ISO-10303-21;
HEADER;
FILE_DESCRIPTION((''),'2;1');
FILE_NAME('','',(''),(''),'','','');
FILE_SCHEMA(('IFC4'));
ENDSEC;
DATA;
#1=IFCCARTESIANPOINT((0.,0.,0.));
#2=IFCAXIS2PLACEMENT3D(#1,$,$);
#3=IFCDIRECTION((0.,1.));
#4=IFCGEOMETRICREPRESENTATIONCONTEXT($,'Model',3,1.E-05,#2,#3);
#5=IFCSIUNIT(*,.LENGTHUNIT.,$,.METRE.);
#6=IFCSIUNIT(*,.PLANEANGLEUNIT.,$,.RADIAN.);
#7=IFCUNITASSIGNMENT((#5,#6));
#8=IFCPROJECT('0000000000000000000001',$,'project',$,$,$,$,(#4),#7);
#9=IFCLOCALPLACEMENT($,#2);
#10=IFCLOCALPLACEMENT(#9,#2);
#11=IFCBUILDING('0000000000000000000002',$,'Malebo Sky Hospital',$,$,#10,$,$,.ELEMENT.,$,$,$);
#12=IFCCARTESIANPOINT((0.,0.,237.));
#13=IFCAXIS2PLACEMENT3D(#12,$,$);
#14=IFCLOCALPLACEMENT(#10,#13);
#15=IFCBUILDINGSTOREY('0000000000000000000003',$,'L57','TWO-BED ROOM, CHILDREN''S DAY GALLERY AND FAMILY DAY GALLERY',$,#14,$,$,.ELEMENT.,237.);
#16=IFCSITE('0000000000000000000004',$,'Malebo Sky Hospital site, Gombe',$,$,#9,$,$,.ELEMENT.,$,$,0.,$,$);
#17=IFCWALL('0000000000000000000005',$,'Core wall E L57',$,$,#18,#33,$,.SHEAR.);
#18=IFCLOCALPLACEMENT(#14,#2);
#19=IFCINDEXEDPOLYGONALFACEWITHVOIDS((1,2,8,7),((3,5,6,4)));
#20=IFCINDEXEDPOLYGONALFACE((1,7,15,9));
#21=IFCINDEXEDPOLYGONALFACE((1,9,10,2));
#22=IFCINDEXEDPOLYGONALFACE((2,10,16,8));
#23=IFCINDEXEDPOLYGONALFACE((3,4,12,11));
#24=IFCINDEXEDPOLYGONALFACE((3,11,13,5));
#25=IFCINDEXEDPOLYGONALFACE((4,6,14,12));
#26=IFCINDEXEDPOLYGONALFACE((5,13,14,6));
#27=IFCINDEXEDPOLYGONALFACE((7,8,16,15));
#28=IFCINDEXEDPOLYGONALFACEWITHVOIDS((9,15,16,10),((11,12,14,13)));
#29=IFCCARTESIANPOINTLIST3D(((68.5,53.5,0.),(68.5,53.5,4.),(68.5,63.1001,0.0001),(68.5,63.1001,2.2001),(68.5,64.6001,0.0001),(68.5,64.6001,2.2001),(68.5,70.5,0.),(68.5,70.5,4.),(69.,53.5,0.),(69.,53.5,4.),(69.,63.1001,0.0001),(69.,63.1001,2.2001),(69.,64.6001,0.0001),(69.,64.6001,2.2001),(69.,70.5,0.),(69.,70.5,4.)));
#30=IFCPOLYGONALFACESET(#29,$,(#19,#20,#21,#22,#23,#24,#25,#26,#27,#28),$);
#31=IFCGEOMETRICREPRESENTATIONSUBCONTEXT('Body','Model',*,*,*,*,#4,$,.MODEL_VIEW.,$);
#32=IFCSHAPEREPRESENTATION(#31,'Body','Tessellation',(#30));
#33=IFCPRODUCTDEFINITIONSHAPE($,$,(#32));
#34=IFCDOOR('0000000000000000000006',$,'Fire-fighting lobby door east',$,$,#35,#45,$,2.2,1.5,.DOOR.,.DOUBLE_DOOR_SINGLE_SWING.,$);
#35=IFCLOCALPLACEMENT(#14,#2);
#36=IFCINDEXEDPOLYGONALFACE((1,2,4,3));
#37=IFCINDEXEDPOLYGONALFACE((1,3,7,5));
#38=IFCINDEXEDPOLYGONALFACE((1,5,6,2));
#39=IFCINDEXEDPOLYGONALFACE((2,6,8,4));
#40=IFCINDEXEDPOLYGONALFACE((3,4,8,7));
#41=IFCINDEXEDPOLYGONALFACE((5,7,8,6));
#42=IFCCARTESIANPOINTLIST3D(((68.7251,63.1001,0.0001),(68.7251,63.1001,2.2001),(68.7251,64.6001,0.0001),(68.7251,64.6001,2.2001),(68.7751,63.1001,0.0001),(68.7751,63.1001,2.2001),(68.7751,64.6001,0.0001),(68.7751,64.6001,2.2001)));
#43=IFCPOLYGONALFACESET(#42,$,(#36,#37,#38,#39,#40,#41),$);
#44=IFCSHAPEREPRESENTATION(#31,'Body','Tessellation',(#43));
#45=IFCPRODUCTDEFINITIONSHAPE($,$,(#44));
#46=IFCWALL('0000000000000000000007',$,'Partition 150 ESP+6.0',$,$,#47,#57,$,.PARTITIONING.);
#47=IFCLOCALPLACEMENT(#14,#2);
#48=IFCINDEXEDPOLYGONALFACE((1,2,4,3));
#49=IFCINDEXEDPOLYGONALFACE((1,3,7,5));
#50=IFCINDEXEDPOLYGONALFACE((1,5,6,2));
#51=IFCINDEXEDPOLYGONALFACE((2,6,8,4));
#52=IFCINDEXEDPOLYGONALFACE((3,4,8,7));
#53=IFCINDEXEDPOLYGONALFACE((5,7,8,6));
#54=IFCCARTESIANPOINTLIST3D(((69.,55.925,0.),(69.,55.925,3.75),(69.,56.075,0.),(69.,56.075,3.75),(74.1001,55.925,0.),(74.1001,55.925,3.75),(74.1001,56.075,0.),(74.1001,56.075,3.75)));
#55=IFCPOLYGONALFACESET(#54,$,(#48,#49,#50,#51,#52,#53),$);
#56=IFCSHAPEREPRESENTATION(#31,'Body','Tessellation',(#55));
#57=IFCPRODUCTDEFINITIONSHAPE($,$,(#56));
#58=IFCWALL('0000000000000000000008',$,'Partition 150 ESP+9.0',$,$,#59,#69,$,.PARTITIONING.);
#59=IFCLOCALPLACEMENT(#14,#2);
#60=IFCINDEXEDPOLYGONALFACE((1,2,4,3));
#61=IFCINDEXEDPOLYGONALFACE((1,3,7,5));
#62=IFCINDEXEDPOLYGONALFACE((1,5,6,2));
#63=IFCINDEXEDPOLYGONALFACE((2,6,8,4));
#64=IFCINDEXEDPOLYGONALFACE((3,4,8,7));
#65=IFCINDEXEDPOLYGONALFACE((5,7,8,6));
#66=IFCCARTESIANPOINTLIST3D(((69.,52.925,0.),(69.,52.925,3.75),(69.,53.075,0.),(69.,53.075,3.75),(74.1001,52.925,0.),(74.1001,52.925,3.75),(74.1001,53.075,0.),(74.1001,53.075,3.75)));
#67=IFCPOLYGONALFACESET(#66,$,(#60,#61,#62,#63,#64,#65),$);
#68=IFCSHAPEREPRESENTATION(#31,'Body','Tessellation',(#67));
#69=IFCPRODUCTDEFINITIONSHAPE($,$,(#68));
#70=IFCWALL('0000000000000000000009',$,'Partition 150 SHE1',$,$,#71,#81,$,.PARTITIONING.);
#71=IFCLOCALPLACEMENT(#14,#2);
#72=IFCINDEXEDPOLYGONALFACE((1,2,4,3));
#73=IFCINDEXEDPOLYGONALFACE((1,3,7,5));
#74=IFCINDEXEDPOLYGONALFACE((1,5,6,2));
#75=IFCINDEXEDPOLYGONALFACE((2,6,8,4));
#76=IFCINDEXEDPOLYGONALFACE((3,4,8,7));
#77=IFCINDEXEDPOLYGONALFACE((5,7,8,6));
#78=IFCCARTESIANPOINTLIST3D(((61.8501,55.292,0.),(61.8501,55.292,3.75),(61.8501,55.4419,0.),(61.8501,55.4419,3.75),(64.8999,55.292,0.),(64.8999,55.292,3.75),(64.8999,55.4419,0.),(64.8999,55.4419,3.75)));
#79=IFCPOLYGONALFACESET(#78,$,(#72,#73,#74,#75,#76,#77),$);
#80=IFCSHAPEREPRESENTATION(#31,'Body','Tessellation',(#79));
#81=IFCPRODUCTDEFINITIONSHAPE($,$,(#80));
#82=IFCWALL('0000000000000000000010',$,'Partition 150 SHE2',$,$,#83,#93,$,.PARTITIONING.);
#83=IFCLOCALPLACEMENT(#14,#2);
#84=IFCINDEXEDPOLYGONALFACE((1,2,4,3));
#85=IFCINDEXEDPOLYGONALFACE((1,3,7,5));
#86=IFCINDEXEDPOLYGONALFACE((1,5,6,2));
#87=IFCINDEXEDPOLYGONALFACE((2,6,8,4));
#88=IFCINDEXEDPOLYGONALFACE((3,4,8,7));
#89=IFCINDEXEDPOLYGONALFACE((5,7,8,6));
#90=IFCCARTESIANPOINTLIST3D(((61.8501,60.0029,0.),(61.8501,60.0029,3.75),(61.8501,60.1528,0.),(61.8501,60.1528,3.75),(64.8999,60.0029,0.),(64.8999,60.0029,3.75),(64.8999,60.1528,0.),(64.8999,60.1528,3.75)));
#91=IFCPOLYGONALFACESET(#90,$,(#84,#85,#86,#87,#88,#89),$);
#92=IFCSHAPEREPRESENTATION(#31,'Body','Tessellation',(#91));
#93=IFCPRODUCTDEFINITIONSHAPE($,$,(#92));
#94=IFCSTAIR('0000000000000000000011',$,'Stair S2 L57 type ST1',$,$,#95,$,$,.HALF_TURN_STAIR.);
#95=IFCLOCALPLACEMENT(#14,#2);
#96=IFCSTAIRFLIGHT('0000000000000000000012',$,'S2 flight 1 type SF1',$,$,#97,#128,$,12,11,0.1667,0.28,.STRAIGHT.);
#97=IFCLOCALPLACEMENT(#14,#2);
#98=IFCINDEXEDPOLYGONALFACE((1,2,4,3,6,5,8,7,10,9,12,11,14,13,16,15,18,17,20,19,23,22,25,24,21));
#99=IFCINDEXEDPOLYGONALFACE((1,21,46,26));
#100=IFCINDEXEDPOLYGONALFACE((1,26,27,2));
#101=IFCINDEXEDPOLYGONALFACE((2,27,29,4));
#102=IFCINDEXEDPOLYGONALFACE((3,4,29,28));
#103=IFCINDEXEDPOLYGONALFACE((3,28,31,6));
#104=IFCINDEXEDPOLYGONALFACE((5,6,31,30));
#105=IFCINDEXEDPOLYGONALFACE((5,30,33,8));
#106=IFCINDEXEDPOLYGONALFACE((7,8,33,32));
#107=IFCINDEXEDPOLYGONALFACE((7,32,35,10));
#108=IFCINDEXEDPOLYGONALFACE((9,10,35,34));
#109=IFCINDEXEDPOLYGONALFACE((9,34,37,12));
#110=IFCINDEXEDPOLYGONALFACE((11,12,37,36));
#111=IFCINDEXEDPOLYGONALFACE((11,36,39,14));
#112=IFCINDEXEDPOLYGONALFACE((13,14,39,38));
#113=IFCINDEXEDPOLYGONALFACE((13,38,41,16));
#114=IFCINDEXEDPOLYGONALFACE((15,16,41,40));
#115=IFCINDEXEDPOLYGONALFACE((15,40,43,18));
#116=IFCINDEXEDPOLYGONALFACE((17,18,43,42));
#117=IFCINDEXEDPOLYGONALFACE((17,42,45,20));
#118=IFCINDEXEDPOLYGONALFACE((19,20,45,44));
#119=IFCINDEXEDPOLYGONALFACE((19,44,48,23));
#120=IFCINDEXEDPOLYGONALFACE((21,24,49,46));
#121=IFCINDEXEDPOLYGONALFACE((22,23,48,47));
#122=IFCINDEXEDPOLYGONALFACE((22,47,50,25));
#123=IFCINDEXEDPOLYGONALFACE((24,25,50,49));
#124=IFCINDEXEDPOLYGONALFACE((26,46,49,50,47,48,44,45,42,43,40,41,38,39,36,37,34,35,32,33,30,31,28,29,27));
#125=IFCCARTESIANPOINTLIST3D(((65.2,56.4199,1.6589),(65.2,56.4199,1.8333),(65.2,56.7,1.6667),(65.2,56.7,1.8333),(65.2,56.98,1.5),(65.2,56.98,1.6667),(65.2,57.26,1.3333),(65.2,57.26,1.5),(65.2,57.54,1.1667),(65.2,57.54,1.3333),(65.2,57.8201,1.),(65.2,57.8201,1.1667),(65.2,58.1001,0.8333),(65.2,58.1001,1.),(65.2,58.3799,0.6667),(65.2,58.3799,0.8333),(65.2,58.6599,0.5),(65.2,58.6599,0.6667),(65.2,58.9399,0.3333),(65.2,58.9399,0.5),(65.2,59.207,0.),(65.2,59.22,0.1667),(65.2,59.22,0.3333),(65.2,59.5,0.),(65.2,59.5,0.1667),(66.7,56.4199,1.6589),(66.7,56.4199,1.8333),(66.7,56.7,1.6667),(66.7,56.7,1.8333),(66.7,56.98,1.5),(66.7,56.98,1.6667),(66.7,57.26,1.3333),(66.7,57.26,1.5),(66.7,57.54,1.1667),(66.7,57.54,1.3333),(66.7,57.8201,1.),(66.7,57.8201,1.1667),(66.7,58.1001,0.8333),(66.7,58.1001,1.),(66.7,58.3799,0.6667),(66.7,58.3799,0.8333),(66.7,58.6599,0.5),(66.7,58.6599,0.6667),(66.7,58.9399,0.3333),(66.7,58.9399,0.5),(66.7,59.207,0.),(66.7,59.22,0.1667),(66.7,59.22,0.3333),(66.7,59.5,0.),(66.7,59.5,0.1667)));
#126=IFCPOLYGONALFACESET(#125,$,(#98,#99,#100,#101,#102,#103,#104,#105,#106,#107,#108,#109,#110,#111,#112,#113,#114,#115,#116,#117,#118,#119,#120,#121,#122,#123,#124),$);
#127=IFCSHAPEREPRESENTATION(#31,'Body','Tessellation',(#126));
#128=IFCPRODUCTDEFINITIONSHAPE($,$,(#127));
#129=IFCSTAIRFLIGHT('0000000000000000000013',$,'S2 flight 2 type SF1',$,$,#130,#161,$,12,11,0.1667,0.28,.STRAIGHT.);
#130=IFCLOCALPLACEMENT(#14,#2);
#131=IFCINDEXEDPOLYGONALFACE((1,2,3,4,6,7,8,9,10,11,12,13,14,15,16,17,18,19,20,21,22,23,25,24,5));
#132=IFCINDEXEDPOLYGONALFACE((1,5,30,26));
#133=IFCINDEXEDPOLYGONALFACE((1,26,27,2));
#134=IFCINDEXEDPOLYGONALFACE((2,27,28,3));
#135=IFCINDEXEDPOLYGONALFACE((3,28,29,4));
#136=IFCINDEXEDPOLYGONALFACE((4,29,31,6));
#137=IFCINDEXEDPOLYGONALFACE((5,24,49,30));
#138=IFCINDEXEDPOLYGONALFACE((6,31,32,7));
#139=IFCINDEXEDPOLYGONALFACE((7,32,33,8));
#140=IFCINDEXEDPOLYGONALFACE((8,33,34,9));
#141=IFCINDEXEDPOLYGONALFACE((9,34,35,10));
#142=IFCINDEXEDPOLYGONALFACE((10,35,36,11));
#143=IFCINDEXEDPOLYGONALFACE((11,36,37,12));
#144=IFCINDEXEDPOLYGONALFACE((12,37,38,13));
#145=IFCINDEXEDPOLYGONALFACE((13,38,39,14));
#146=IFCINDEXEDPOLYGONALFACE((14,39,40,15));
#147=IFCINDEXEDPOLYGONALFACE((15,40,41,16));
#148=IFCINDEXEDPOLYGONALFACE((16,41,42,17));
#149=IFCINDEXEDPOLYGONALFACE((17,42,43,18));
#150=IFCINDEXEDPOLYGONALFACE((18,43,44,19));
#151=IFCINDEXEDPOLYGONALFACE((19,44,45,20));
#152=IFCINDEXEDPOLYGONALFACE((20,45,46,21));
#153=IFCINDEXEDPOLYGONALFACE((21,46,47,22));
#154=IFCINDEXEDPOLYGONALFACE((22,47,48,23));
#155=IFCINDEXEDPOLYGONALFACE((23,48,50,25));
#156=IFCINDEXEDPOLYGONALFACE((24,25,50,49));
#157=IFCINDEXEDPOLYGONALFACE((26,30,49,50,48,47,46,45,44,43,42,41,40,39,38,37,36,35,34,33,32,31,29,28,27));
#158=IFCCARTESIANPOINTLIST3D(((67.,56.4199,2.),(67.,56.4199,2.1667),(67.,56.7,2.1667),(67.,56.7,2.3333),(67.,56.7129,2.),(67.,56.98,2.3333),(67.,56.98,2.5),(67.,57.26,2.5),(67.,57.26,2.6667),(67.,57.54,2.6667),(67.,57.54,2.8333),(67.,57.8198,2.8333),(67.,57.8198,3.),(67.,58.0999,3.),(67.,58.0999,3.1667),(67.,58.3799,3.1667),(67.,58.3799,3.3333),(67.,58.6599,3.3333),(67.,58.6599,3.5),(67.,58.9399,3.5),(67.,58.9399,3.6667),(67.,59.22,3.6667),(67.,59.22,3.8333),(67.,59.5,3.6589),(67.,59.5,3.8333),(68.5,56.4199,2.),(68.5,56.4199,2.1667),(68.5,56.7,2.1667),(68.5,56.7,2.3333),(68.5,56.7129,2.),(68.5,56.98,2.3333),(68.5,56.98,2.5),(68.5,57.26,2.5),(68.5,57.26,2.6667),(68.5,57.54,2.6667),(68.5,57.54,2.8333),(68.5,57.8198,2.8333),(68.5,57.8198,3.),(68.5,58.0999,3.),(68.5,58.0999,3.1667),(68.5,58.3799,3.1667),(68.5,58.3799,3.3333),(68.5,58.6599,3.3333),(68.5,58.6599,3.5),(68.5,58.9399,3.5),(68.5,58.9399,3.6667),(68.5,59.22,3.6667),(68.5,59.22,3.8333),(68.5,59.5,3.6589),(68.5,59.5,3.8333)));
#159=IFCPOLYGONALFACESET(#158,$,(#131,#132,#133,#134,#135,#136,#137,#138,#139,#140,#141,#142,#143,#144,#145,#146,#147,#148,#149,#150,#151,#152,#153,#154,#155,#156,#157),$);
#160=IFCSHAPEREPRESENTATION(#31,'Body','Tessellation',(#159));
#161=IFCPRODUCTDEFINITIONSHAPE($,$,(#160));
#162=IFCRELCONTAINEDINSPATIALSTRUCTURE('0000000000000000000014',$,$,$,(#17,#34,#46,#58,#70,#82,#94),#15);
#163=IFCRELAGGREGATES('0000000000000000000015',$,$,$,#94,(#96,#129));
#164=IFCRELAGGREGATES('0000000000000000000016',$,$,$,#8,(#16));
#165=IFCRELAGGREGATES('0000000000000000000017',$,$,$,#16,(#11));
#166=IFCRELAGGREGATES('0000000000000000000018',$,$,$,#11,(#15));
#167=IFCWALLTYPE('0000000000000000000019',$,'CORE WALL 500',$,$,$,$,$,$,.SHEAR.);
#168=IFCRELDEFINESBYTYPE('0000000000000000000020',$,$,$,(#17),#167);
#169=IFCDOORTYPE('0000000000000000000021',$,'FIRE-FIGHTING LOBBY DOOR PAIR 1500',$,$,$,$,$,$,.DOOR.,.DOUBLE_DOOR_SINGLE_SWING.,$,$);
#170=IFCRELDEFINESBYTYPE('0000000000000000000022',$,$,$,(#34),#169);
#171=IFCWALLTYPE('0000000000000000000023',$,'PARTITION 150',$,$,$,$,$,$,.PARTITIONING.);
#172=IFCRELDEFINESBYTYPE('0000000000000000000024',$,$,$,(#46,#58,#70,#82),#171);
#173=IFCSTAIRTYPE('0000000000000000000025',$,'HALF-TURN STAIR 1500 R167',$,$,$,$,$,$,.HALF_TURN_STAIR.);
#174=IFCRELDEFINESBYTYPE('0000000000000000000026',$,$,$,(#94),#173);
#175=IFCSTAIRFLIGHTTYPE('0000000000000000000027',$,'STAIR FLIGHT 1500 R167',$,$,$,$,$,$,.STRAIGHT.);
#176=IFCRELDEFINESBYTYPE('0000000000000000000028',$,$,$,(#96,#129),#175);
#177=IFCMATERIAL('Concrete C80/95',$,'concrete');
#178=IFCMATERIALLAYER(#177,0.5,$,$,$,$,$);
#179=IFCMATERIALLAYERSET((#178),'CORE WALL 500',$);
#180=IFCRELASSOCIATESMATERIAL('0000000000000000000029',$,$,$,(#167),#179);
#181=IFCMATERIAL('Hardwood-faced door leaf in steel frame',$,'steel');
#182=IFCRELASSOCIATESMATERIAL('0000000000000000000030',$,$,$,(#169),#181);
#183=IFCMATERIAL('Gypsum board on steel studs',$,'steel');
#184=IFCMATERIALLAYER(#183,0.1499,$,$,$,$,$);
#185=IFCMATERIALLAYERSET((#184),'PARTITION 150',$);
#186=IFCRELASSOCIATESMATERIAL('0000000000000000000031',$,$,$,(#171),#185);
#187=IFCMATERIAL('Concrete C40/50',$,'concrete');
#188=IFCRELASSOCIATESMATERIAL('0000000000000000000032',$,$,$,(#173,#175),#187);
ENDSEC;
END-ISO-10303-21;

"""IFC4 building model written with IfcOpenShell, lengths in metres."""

from ifc_helpers import new_model, si_unit, direction, frame, frame_2d, origin, place, context, subcontext, project, spatial, polyline, rectangle, outline, extrude, material, layer, layer_set, type_object, element, fill, aggregate, save


model = new_model("IFC4")

# Units and contexts
model_context = context("Model", 3, precision=1e-05, world=origin(), true_north=direction((0.0, 1.0)))
body_context = subcontext(model_context, "Body", "Model", "MODEL_VIEW")
ifc_project = project(units=[si_unit("LENGTHUNIT", "METRE"), si_unit("PLANEANGLEUNIT", "RADIAN")], contexts=[model_context])

# Site, building, storey
site_placement = place(None, origin())
site = spatial("IfcSite", under=ifc_project, at=site_placement, Name="Malebo Sky Hospital site, Gombe", CompositionType="ELEMENT", RefElevation=0.0)
building_placement = place(site_placement, origin())
building = spatial("IfcBuilding", under=site, at=building_placement, Name="Malebo Sky Hospital", CompositionType="ELEMENT")
storey_placement = place(building_placement, frame((0.0, 0.0, 237.0)))
storey = spatial("IfcBuildingStorey", under=building, at=storey_placement, Name="L57", Description="TWO-BED ROOM, CHILDREN'S DAY GALLERY AND FAMILY DAY GALLERY", CompositionType="ELEMENT", Elevation=237.0)

# Shared definitions
ifc_material_1 = material(Name="Concrete C80/95", Category="concrete")
ifc_material_2 = material(Name="Hardwood-faced door leaf in steel frame", Category="steel")

# Wall, opening, door
ifc_layer_1 = layer(ifc_material_1, 0.5)
ifc_layer_set_1 = layer_set([ifc_layer_1], Name="CORE WALL 500")
wall_type_1 = type_object("IfcWallType", Name="CORE WALL 500", PredefinedType="SHEAR", material=ifc_layer_set_1)
wall_1_placement = place(storey_placement, frame((68.75, 53.5, 0.0), z_axis=(0.0, 0.0, 1.0), x_axis=(0.0, 1.0, 0.0)))
wall_1 = element("IfcWall", 1, at=wall_1_placement, inside=storey, type_object=wall_type_1, Name="Core wall E L57", PredefinedType="SHEAR", context=body_context, shape_type="SweptSolid", body=[
    extrude(rectangle(XDim=17.0, YDim=0.5, at=frame_2d((8.5, 0.0))), origin(), (0.0, 0.0, 1.0), 4.0),
])
opening_1_placement = place(wall_1_placement, frame((9.6001, 0.0, 0.0)))
opening_1 = element("IfcOpeningElement", 2, at=opening_1_placement, cuts=wall_1, PredefinedType="OPENING", context=body_context, shape_type="SweptSolid", body=[
    extrude(rectangle(XDim=1.5, YDim=2.2, at=frame_2d((0.75, 1.1001))), frame((0.0, 0.26, 0.0), z_axis=(0.0, -1.0, 0.0), x_axis=(1.0, 0.0, 0.0)), (0.0, 0.0, 1.0), 0.52),
])
door_type_1 = type_object("IfcDoorType", Name="FIRE-FIGHTING LOBBY DOOR PAIR 1500", OperationType="DOUBLE_DOOR_SINGLE_SWING", PredefinedType="DOOR", material=ifc_material_2)
door_1_placement = place(opening_1_placement, origin())
door_1 = element("IfcDoor", 3, at=door_1_placement, inside=storey, type_object=door_type_1, Name="Fire-fighting lobby door east", OperationType="DOUBLE_DOOR_SINGLE_SWING", OverallHeight=2.2, OverallWidth=1.5, PredefinedType="DOOR", context=body_context, shape_type="SweptSolid", body=[
    extrude(rectangle(XDim=1.5, YDim=2.2, at=frame_2d((0.75, 1.1001))), frame((0.0, 0.0249, 0.0), z_axis=(0.0, -1.0, 0.0), x_axis=(1.0, 0.0, 0.0)), (0.0, 0.0, 1.0), 0.05),
])
fill(opening_1, door_1)

# Walls
ifc_material_3 = material(Name="Gypsum board on steel studs", Category="steel")
ifc_layer_2 = layer(ifc_material_3, 0.1499)
ifc_layer_set_2 = layer_set([ifc_layer_2], Name="PARTITION 150")
wall_type_2 = type_object("IfcWallType", Name="PARTITION 150", PredefinedType="PARTITIONING", material=ifc_layer_set_2)
for number, where, z_axis, x_axis, name in (
    (4, (69.0, 56.0, 0.0), (0.0, 0.0, 1.0), (1.0, 0.0, 0.0), "Partition 150 ESP+6.0"),
    (5, (69.0, 53.0, 0.0), (0.0, 0.0, 1.0), (1.0, 0.0, 0.0), "Partition 150 ESP+9.0"),
):
    element("IfcWall", number, at=place(storey_placement, frame(where, z_axis=z_axis, x_axis=x_axis)), inside=storey, type_object=wall_type_2, Name=name, PredefinedType="PARTITIONING", context=body_context, shape_type="SweptSolid", body=[
        extrude(rectangle(XDim=5.1001, YDim=0.1499, at=frame_2d((2.55, 0.0))), origin(), (0.0, 0.0, 1.0), 3.75),
    ])
for number, where, z_axis, x_axis, name in (
    (6, (61.8501, 55.3669, 0.0), (0.0, 0.0, 1.0), (1.0, 0.0, 0.0), "Partition 150 SHE1"),
    (7, (61.8501, 60.0779, 0.0), (0.0, 0.0, 1.0), (1.0, 0.0, 0.0), "Partition 150 SHE2"),
):
    element("IfcWall", number, at=place(storey_placement, frame(where, z_axis=z_axis, x_axis=x_axis)), inside=storey, type_object=wall_type_2, Name=name, PredefinedType="PARTITIONING", context=body_context, shape_type="SweptSolid", body=[
        extrude(rectangle(XDim=3.0498, YDim=0.1499, at=frame_2d((1.5249, 0.0))), origin(), (0.0, 0.0, 1.0), 3.75),
    ])

# Stair, stair flights
ifc_material_4 = material(Name="Concrete C40/50", Category="concrete")
stair_type = type_object("IfcStairType", Name="HALF-TURN STAIR 1500 R167", PredefinedType="HALF_TURN_STAIR", material=ifc_material_4)
stair_placement = place(storey_placement, origin())
stair = element("IfcStair", 8, at=stair_placement, inside=storey, type_object=stair_type, Name="Stair S2 L57 type ST1", PredefinedType="HALF_TURN_STAIR")
stair_flight_type = type_object("IfcStairFlightType", Name="STAIR FLIGHT 1500 R167", PredefinedType="STRAIGHT", material=ifc_material_4)
stair_flight_1_placement = place(storey_placement, frame((65.95, 59.5, 0.0), z_axis=(0.0, 0.0, 1.0), x_axis=(0.0, -1.0, 0.0)))
stair_flight_1 = element("IfcStairFlight", 9, at=stair_flight_1_placement, type_object=stair_flight_type, Name="S2 flight 1 type SF1", NumberOfRisers=12, NumberOfTreads=11, PredefinedType="STRAIGHT", RiserHeight=0.1667, TreadLength=0.28, context=body_context, shape_type="SweptSolid", body=[
    extrude(outline(polyline([(0.0, 0.0), (0.0, 0.1667), (0.28, 0.1667), (0.28, 0.3333), (0.5601, 0.3333), (0.5601, 0.5), (0.8401, 0.5), (0.8401, 0.6667), (1.1201, 0.6667), (1.1201, 0.8333), (1.3999, 0.8333), (1.3999, 1.0), (1.6799, 1.0), (1.6799, 1.1667), (1.96, 1.1667), (1.96, 1.3333), (2.24, 1.3333), (2.24, 1.5), (2.52, 1.5), (2.52, 1.6667), (2.8, 1.6667), (2.8, 1.8333), (3.0801, 1.8333), (3.0801, 2.0), (3.0801, 1.6589), (0.293, 0.0), (0.0, 0.0)])), frame((0.0, 0.75, 0.0), z_axis=(0.0, -1.0, 0.0), x_axis=(1.0, 0.0, 0.0)), (0.0, 0.0, 1.0), 1.5),
])
stair_flight_2_placement = place(storey_placement, frame((67.75, 56.4199, 2.0), z_axis=(0.0, 0.0, 1.0), x_axis=(0.0, 1.0, 0.0)))
stair_flight_2 = element("IfcStairFlight", 10, at=stair_flight_2_placement, type_object=stair_flight_type, Name="S2 flight 2 type SF1", NumberOfRisers=12, NumberOfTreads=11, PredefinedType="STRAIGHT", RiserHeight=0.1667, TreadLength=0.28, context=body_context, shape_type="SweptSolid", body=[
    extrude(outline(polyline([(0.0, 0.0), (0.0, 0.1667), (0.28, 0.1667), (0.28, 0.3333), (0.5601, 0.3333), (0.5601, 0.5), (0.8401, 0.5), (0.8401, 0.6667), (1.1201, 0.6667), (1.1201, 0.8333), (1.3999, 0.8333), (1.3999, 1.0), (1.6799, 1.0), (1.6799, 1.1667), (1.96, 1.1667), (1.96, 1.3333), (2.24, 1.3333), (2.24, 1.5), (2.52, 1.5), (2.52, 1.6667), (2.8, 1.6667), (2.8, 1.8333), (3.0801, 1.8333), (3.0801, 2.0), (3.0801, 1.6589), (0.293, 0.0), (0.0, 0.0)])), frame((0.0, 0.75, 0.0), z_axis=(0.0, -1.0, 0.0), x_axis=(1.0, 0.0, 0.0)), (0.0, 0.0, 1.0), 1.5),
])
aggregate(stair, [stair_flight_1, stair_flight_2])

save(model, "model.ifc")
